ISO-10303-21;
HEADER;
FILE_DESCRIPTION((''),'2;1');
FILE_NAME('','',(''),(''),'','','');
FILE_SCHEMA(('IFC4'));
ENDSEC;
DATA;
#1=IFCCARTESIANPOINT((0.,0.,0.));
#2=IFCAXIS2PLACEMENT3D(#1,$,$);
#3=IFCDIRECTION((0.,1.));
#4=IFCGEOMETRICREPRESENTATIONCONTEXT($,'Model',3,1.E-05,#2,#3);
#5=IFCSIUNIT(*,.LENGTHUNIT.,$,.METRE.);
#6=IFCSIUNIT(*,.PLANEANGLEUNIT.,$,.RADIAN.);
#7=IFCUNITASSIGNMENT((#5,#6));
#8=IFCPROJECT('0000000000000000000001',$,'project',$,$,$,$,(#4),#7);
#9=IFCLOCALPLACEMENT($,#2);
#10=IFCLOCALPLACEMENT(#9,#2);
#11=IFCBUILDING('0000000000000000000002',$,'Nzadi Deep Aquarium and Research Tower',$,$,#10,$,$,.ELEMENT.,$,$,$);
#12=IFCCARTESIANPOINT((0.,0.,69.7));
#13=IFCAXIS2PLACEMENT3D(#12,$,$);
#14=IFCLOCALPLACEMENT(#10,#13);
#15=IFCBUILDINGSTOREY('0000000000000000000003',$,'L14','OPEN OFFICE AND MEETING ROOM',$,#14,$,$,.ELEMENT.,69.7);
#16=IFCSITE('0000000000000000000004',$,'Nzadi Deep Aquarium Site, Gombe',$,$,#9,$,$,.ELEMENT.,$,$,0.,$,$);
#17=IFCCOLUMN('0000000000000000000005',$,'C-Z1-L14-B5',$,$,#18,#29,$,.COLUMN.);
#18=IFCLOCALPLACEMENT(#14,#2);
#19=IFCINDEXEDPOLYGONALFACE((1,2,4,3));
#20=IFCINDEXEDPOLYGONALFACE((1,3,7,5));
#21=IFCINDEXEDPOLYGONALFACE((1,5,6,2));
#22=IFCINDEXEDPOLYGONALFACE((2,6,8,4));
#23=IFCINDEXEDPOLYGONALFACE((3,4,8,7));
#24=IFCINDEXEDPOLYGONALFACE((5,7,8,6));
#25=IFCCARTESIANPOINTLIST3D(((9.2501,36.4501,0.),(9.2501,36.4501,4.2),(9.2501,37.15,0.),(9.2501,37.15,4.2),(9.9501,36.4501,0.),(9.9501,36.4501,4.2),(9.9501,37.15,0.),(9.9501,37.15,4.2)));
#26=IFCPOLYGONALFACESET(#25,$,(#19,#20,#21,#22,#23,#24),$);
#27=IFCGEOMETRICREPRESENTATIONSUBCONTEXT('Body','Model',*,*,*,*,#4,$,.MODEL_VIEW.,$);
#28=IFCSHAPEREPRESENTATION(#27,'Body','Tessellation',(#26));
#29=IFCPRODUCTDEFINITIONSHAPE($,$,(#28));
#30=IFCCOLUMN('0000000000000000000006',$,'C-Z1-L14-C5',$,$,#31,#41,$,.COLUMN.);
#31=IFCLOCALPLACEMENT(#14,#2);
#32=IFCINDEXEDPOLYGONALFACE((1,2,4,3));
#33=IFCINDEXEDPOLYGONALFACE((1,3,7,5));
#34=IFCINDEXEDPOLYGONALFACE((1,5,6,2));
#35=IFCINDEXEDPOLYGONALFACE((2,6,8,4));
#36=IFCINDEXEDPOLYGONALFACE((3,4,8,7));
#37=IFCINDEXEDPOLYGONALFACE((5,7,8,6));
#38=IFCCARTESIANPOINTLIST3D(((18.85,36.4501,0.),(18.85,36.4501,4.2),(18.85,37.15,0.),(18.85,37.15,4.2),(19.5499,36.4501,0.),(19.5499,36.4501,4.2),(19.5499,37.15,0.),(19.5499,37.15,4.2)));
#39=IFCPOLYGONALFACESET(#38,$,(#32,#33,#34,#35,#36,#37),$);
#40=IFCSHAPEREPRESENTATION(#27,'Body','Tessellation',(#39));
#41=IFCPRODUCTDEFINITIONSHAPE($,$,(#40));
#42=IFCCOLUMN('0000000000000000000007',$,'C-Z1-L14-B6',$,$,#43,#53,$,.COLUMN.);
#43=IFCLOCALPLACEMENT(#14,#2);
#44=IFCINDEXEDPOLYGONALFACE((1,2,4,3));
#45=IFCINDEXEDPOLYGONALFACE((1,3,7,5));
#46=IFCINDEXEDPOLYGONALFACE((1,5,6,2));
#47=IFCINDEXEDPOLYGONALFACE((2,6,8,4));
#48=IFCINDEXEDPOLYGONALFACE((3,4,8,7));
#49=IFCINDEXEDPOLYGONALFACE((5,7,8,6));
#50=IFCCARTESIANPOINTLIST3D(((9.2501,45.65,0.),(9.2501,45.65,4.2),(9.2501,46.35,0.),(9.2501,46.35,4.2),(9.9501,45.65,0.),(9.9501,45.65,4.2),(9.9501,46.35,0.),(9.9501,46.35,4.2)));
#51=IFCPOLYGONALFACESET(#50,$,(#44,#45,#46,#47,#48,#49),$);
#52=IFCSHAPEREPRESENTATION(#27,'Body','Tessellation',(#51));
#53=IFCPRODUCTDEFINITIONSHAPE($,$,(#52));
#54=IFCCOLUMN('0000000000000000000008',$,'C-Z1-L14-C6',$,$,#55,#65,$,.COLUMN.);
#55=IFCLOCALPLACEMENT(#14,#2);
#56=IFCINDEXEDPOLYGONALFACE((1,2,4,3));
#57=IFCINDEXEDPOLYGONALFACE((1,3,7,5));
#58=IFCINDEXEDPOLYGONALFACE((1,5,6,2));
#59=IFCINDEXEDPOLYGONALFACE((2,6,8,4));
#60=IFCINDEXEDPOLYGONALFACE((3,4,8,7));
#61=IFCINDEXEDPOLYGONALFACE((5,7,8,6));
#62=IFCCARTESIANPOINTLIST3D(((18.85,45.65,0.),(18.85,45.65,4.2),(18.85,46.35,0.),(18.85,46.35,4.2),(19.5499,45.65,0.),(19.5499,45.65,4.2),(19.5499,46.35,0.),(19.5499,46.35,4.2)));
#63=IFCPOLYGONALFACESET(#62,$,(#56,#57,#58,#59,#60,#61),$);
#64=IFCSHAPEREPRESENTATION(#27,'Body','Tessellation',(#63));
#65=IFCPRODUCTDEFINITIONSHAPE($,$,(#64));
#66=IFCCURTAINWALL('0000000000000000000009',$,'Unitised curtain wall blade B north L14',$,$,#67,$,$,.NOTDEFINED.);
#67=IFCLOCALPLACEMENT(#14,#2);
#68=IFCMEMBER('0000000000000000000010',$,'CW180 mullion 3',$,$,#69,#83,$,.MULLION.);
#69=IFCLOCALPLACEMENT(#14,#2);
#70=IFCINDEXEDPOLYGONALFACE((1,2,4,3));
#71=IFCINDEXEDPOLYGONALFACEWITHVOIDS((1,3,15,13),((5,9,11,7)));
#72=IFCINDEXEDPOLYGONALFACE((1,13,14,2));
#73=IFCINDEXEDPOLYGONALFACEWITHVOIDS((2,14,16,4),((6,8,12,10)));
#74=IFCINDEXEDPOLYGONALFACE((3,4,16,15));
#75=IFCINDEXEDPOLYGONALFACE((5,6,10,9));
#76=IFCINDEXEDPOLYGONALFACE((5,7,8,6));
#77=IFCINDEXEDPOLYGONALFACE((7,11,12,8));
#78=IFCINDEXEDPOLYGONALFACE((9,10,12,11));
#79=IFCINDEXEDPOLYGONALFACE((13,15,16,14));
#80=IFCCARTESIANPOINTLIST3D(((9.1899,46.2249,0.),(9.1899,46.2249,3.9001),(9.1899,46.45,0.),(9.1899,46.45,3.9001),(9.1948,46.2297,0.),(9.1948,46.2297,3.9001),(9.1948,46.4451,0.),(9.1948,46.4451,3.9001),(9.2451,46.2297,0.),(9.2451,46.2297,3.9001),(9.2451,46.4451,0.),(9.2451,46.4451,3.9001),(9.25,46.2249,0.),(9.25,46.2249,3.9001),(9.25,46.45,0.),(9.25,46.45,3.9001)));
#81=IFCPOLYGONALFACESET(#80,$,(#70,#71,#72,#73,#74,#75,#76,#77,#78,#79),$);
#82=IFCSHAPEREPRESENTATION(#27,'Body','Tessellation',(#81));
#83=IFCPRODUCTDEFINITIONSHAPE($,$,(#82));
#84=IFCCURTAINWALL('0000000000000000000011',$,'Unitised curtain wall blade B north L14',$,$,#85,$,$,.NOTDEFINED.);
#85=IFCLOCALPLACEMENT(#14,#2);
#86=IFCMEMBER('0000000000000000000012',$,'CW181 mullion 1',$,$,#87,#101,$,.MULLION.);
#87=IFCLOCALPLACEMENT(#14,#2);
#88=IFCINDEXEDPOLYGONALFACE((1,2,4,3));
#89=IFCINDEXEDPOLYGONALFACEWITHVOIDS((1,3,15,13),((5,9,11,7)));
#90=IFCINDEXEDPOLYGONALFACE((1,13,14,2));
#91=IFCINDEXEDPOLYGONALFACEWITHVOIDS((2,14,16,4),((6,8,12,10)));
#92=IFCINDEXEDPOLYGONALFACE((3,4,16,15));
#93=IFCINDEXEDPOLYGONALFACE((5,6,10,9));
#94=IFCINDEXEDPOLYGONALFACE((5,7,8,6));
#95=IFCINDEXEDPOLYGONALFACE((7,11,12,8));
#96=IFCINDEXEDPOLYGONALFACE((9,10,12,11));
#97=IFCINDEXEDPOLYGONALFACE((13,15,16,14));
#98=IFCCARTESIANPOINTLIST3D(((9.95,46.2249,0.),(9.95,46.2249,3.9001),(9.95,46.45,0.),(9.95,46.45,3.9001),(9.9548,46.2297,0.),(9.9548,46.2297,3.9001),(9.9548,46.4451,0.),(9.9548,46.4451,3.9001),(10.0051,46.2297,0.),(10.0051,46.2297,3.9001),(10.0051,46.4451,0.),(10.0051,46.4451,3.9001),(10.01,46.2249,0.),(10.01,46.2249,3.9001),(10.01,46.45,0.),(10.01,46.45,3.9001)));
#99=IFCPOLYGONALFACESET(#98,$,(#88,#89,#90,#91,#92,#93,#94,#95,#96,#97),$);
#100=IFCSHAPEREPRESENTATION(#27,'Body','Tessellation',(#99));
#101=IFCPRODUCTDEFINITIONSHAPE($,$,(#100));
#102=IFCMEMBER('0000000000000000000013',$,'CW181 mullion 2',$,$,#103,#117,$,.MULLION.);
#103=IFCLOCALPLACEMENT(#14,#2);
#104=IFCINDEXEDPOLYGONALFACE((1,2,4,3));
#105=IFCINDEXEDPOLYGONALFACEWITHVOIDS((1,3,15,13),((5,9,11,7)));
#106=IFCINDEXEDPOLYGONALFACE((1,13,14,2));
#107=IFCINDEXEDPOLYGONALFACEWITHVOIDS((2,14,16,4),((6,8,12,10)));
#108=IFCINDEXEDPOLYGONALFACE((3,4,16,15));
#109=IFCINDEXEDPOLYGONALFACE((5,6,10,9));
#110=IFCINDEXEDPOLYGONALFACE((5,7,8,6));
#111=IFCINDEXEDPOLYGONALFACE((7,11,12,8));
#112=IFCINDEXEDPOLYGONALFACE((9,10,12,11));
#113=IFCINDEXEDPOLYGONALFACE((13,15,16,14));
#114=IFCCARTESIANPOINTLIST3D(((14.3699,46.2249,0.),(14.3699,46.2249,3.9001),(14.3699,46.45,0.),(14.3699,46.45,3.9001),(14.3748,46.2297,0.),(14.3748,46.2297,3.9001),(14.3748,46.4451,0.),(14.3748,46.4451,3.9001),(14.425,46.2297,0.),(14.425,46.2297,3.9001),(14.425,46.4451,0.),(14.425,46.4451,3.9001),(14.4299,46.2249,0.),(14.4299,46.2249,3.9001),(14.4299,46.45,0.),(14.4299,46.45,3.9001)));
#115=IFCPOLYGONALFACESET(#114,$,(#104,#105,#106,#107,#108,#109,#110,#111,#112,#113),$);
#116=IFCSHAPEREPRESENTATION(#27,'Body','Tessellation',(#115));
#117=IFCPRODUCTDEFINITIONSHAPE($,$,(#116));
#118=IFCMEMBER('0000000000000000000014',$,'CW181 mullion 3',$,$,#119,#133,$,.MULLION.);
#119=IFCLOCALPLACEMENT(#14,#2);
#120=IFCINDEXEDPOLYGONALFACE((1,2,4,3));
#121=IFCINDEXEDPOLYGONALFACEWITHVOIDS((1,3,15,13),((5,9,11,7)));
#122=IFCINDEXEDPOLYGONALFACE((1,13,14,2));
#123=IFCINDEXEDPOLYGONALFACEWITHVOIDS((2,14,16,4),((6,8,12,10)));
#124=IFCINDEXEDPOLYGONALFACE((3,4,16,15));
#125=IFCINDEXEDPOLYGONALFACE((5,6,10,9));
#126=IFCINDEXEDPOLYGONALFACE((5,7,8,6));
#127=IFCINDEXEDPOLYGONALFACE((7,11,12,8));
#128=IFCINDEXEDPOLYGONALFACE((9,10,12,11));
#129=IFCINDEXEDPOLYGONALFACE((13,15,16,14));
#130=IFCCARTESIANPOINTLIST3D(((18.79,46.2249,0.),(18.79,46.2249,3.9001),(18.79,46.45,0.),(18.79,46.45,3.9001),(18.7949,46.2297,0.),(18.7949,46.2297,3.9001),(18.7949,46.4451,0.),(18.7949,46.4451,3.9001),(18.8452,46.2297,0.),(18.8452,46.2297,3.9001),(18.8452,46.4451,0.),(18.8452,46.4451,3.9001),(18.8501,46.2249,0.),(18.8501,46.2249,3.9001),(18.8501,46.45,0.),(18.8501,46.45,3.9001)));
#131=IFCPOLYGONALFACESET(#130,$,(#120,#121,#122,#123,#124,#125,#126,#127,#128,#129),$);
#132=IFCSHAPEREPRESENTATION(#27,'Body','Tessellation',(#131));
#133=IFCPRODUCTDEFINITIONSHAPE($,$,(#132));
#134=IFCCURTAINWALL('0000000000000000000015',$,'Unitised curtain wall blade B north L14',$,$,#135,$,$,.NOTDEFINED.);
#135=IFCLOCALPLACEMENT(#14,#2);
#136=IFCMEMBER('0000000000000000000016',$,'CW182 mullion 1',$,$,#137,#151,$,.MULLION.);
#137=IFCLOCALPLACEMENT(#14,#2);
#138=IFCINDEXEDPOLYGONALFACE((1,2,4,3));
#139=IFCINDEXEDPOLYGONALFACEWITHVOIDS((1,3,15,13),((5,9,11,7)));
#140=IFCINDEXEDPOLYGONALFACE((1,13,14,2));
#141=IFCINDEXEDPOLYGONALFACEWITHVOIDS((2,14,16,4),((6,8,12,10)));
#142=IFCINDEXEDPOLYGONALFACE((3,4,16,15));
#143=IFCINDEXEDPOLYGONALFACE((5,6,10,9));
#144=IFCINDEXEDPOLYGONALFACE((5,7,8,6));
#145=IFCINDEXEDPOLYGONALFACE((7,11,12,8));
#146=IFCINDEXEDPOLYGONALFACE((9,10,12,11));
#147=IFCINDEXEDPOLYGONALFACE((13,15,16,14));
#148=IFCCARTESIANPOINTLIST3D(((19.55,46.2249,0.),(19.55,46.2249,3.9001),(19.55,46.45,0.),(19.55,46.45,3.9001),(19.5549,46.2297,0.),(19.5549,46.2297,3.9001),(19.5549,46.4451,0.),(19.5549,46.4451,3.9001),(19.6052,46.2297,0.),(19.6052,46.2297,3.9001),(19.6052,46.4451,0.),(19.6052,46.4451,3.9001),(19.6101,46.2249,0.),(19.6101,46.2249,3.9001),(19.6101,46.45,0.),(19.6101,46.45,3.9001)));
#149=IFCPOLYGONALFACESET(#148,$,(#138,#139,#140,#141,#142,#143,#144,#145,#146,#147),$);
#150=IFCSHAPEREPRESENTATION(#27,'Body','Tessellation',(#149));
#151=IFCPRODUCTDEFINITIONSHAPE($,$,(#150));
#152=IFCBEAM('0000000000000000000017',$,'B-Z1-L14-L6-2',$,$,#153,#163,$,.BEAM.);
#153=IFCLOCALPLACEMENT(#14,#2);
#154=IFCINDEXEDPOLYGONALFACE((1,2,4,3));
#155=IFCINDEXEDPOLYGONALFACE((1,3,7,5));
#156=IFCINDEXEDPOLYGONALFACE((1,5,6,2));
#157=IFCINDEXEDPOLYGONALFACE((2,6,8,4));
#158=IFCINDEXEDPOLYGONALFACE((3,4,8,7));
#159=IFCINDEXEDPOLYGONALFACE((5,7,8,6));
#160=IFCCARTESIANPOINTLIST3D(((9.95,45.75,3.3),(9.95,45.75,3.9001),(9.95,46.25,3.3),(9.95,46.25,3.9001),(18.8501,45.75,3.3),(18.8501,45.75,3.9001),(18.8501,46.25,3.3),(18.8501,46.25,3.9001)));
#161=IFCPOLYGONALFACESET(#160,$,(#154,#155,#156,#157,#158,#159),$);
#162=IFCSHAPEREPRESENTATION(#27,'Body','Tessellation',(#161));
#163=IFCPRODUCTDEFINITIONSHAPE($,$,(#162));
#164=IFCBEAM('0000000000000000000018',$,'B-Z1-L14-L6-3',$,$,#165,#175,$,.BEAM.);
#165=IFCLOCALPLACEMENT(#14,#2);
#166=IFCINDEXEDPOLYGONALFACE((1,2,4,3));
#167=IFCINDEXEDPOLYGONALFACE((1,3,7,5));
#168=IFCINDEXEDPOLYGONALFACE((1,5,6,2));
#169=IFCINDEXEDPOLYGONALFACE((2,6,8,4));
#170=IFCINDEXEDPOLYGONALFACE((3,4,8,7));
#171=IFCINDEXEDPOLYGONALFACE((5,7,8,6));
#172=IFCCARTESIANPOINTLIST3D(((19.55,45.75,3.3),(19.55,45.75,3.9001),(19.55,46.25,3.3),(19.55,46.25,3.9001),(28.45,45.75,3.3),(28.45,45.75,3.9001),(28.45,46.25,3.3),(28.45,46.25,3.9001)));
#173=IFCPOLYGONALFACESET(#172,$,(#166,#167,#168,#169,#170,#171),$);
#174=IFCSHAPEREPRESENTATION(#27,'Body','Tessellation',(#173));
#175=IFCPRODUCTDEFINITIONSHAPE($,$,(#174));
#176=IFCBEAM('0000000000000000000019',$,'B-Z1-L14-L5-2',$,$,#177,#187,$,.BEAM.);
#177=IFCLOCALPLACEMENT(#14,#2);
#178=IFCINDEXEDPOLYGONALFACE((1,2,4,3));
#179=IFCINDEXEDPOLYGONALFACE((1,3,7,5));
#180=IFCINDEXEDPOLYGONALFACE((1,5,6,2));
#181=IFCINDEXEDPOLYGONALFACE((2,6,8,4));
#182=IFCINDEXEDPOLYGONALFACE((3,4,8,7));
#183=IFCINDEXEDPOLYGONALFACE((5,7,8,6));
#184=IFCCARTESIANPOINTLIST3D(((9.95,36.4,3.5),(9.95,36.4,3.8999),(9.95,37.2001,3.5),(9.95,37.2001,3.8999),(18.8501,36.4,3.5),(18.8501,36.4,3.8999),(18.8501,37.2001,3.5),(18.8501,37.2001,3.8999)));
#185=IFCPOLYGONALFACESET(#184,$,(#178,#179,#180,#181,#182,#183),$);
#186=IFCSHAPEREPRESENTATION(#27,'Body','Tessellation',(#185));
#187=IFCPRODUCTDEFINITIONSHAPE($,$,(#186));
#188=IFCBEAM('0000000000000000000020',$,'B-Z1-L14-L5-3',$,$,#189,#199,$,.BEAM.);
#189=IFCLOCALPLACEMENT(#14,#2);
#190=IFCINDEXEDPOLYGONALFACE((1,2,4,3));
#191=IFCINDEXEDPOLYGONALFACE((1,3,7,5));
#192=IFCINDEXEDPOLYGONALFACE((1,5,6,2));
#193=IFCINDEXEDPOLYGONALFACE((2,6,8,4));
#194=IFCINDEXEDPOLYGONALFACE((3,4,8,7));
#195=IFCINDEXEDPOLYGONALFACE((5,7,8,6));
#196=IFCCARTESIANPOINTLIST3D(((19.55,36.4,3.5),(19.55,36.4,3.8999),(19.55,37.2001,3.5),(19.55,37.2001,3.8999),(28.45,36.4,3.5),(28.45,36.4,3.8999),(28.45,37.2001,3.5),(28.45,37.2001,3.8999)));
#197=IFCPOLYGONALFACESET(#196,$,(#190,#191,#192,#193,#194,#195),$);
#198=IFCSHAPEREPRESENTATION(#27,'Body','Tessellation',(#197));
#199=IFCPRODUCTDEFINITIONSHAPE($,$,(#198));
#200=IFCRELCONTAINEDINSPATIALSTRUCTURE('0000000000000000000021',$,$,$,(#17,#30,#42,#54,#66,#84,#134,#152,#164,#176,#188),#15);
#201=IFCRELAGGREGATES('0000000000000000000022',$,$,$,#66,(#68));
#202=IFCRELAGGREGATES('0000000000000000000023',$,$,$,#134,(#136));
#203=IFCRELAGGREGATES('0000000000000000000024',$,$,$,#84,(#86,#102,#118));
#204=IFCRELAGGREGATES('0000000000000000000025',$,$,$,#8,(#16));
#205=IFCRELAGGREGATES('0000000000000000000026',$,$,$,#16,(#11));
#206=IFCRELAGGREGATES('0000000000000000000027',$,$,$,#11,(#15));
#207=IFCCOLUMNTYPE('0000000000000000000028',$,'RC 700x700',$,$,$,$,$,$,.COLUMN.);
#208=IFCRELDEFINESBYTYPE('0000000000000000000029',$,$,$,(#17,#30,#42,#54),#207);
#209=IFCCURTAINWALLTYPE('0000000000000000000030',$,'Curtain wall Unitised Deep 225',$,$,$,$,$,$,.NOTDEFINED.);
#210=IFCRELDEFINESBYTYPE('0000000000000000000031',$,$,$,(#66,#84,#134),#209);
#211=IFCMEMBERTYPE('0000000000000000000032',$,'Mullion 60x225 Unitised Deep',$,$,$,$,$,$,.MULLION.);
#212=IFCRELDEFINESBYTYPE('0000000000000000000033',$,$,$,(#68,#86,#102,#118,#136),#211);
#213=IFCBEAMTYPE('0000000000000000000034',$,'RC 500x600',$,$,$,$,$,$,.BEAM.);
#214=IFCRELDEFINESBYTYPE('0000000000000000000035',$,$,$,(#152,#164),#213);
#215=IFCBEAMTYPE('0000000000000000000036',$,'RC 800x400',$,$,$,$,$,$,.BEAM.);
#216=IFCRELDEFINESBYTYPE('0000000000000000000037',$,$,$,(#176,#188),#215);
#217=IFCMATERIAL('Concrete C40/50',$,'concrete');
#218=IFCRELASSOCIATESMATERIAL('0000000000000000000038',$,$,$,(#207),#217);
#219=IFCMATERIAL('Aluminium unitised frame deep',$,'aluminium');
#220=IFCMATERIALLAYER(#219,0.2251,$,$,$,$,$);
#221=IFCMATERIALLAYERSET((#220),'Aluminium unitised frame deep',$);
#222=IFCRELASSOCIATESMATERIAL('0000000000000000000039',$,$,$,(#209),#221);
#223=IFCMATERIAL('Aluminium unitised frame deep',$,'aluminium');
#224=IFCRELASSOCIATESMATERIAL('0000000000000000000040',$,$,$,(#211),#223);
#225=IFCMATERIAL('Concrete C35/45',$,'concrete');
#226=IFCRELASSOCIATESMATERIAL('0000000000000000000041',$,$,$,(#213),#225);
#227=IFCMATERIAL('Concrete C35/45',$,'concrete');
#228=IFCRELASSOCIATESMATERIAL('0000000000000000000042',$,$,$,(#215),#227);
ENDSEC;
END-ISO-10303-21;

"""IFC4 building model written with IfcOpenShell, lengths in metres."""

from ifc_helpers import new_model, si_unit, direction, frame, origin, origin_2d, place, context, subcontext, project, spatial, rectangle, hollow_rectangle, extrude, material, layer, layer_set, material_profile, profile_set, type_object, element, aggregate, save


model = new_model("IFC4")

# Units and contexts
model_context = context("Model", 3, precision=1e-05, world=origin(), true_north=direction((0.0, 1.0)))
body_context = subcontext(model_context, "Body", "Model", "MODEL_VIEW")
ifc_project = project(units=[si_unit("LENGTHUNIT", "METRE"), si_unit("PLANEANGLEUNIT", "RADIAN")], contexts=[model_context])

# Site, building, storey
site_placement = place(None, origin())
site = spatial("IfcSite", under=ifc_project, at=site_placement, Name="Nzadi Deep Aquarium Site, Gombe", CompositionType="ELEMENT", RefElevation=0.0)
building_placement = place(site_placement, origin())
building = spatial("IfcBuilding", under=site, at=building_placement, Name="Nzadi Deep Aquarium and Research Tower", CompositionType="ELEMENT")
storey_placement = place(building_placement, frame((0.0, 0.0, 69.7)))
storey = spatial("IfcBuildingStorey", under=building, at=storey_placement, Name="L14", Description="OPEN OFFICE AND MEETING ROOM", CompositionType="ELEMENT", Elevation=69.7)

# Columns
ifc_material_1 = material(Name="Concrete C40/50", Category="concrete")
ifc_material_profile_1 = material_profile(ifc_material_1, rectangle(XDim=0.7, YDim=0.7, at=origin_2d()))
ifc_profile_set_1 = profile_set([ifc_material_profile_1], Name="Concrete C40/50")
column_type = type_object("IfcColumnType", Name="RC 700x700", PredefinedType="COLUMN", material=ifc_profile_set_1)
for number, where, z_axis, x_axis, name in (
    (1, (9.6001, 36.8, 0.0), (0.0, 0.0, 1.0), (1.0, 0.0, 0.0), "C-Z1-L14-B5"),
    (2, (19.2, 36.8, 0.0), (0.0, 0.0, 1.0), (1.0, 0.0, 0.0), "C-Z1-L14-C5"),
    (3, (9.6001, 46.0, 0.0), (0.0, 0.0, 1.0), (1.0, 0.0, 0.0), "C-Z1-L14-B6"),
    (4, (19.2, 46.0, 0.0), (0.0, 0.0, 1.0), (1.0, 0.0, 0.0), "C-Z1-L14-C6"),
):
    element("IfcColumn", number, at=place(storey_placement, frame(where, z_axis=z_axis, x_axis=x_axis)), inside=storey, type_object=column_type, Name=name, PredefinedType="COLUMN", context=body_context, shape_type="SweptSolid", body=[
        extrude(rectangle(XDim=0.7, YDim=0.7, at=origin_2d()), origin(), (0.0, 0.0, 1.0), 4.2),
    ])

# Curtain wall, member
ifc_material_2 = material(Name="Aluminium unitised frame deep", Category="aluminium")
ifc_layer_1 = layer(ifc_material_2, 0.2251)
ifc_layer_set_1 = layer_set([ifc_layer_1], Name="Aluminium unitised frame deep")
curtain_wall_type = type_object("IfcCurtainWallType", Name="Curtain wall Unitised Deep 225", PredefinedType="NOTDEFINED", material=ifc_layer_set_1)
curtain_wall_1_placement = place(storey_placement, origin())
curtain_wall_1 = element("IfcCurtainWall", 5, at=curtain_wall_1_placement, inside=storey, type_object=curtain_wall_type, Name="Unitised curtain wall blade B north L14", PredefinedType="NOTDEFINED")
ifc_material_3 = material(Name="Aluminium unitised frame deep", Category="aluminium")
ifc_material_profile_2 = material_profile(ifc_material_3, hollow_rectangle(XDim=0.2251, YDim=0.0601, WallThickness=0.0049, at=origin_2d()))
ifc_profile_set_2 = profile_set([ifc_material_profile_2], Name="Aluminium unitised frame deep")
member_type_1 = type_object("IfcMemberType", Name="Mullion 60x225 Unitised Deep", PredefinedType="MULLION", material=ifc_profile_set_2)
member_1_placement = place(storey_placement, frame((9.22, 46.3374, 0.0), z_axis=(0.0, 0.0, 1.0), x_axis=(0.0, 1.0, 0.0)))
member_1 = element("IfcMember", 6, at=member_1_placement, type_object=member_type_1, Name="CW180 mullion 3", PredefinedType="MULLION", context=body_context, shape_type="SweptSolid", body=[
    extrude(hollow_rectangle(XDim=0.2251, YDim=0.0601, WallThickness=0.0049, at=origin_2d()), origin(), (0.0, 0.0, 1.0), 3.9001),
])
aggregate(curtain_wall_1, [member_1])

# Curtain wall, members
curtain_wall_2_placement = place(storey_placement, origin())
curtain_wall_2 = element("IfcCurtainWall", 7, at=curtain_wall_2_placement, inside=storey, type_object=curtain_wall_type, Name="Unitised curtain wall blade B north L14", PredefinedType="NOTDEFINED")
member_2_placement = place(storey_placement, frame((9.98, 46.3374, 0.0), z_axis=(0.0, 0.0, 1.0), x_axis=(0.0, 1.0, 0.0)))
member_2 = element("IfcMember", 8, at=member_2_placement, type_object=member_type_1, Name="CW181 mullion 1", PredefinedType="MULLION", context=body_context, shape_type="SweptSolid", body=[
    extrude(hollow_rectangle(XDim=0.2251, YDim=0.0601, WallThickness=0.0049, at=origin_2d()), origin(), (0.0, 0.0, 1.0), 3.9001),
])
member_3_placement = place(storey_placement, frame((14.3999, 46.3374, 0.0), z_axis=(0.0, 0.0, 1.0), x_axis=(0.0, 1.0, 0.0)))
member_3 = element("IfcMember", 9, at=member_3_placement, type_object=member_type_1, Name="CW181 mullion 2", PredefinedType="MULLION", context=body_context, shape_type="SweptSolid", body=[
    extrude(hollow_rectangle(XDim=0.2251, YDim=0.0601, WallThickness=0.0049, at=origin_2d()), origin(), (0.0, 0.0, 1.0), 3.9001),
])
member_4_placement = place(storey_placement, frame((18.8201, 46.3374, 0.0), z_axis=(0.0, 0.0, 1.0), x_axis=(0.0, 1.0, 0.0)))
member_4 = element("IfcMember", 10, at=member_4_placement, type_object=member_type_1, Name="CW181 mullion 3", PredefinedType="MULLION", context=body_context, shape_type="SweptSolid", body=[
    extrude(hollow_rectangle(XDim=0.2251, YDim=0.0601, WallThickness=0.0049, at=origin_2d()), origin(), (0.0, 0.0, 1.0), 3.9001),
])

# Curtain wall, member
curtain_wall_3_placement = place(storey_placement, origin())
curtain_wall_3 = element("IfcCurtainWall", 11, at=curtain_wall_3_placement, inside=storey, type_object=curtain_wall_type, Name="Unitised curtain wall blade B north L14", PredefinedType="NOTDEFINED")
member_5_placement = place(storey_placement, frame((19.5801, 46.3374, 0.0), z_axis=(0.0, 0.0, 1.0), x_axis=(0.0, 1.0, 0.0)))
member_5 = element("IfcMember", 12, at=member_5_placement, type_object=member_type_1, Name="CW182 mullion 1", PredefinedType="MULLION", context=body_context, shape_type="SweptSolid", body=[
    extrude(hollow_rectangle(XDim=0.2251, YDim=0.0601, WallThickness=0.0049, at=origin_2d()), origin(), (0.0, 0.0, 1.0), 3.9001),
])
aggregate(curtain_wall_3, [member_5])

# Beams
ifc_material_4 = material(Name="Concrete C35/45", Category="concrete")
ifc_material_profile_3 = material_profile(ifc_material_4, rectangle(XDim=0.5, YDim=0.6001, at=origin_2d()))
ifc_profile_set_3 = profile_set([ifc_material_profile_3], Name="Concrete C35/45")
beam_type_1 = type_object("IfcBeamType", Name="RC 500x600", PredefinedType="BEAM", material=ifc_profile_set_3)
beam_1_placement = place(storey_placement, frame((9.95, 46.0, 3.6001), z_axis=(1.0, 0.0, 0.0), x_axis=(0.0, 1.0, 0.0)))
element("IfcBeam", 13, at=beam_1_placement, inside=storey, type_object=beam_type_1, Name="B-Z1-L14-L6-2", PredefinedType="BEAM", context=body_context, shape_type="SweptSolid", body=[
    extrude(rectangle(XDim=0.5, YDim=0.6001, at=origin_2d()), origin(), (0.0, 0.0, 1.0), 8.9001),
])
beam_2_placement = place(storey_placement, frame((19.55, 46.0, 3.6001), z_axis=(1.0, 0.0, 0.0), x_axis=(0.0, 1.0, 0.0)))
element("IfcBeam", 14, at=beam_2_placement, inside=storey, type_object=beam_type_1, Name="B-Z1-L14-L6-3", PredefinedType="BEAM", context=body_context, shape_type="SweptSolid", body=[
    extrude(rectangle(XDim=0.5, YDim=0.6001, at=origin_2d()), origin(), (0.0, 0.0, 1.0), 8.8999),
])
ifc_material_5 = material(Name="Concrete C35/45", Category="concrete")
ifc_material_profile_4 = material_profile(ifc_material_5, rectangle(XDim=0.8, YDim=0.3999, at=origin_2d()))
ifc_profile_set_4 = profile_set([ifc_material_profile_4], Name="Concrete C35/45")
beam_type_2 = type_object("IfcBeamType", Name="RC 800x400", PredefinedType="BEAM", material=ifc_profile_set_4)
beam_3_placement = place(storey_placement, frame((9.95, 36.8, 3.7), z_axis=(1.0, 0.0, 0.0), x_axis=(0.0, 1.0, 0.0)))
element("IfcBeam", 15, at=beam_3_placement, inside=storey, type_object=beam_type_2, Name="B-Z1-L14-L5-2", PredefinedType="BEAM", context=body_context, shape_type="SweptSolid", body=[
    extrude(rectangle(XDim=0.8, YDim=0.3999, at=origin_2d()), origin(), (0.0, 0.0, 1.0), 8.9001),
])
beam_4_placement = place(storey_placement, frame((19.55, 36.8, 3.7), z_axis=(1.0, 0.0, 0.0), x_axis=(0.0, 1.0, 0.0)))
element("IfcBeam", 16, at=beam_4_placement, inside=storey, type_object=beam_type_2, Name="B-Z1-L14-L5-3", PredefinedType="BEAM", context=body_context, shape_type="SweptSolid", body=[
    extrude(rectangle(XDim=0.8, YDim=0.3999, at=origin_2d()), origin(), (0.0, 0.0, 1.0), 8.8999),
])

aggregate(curtain_wall_2, [member_2, member_3, member_4])

save(model, "model.ifc")
